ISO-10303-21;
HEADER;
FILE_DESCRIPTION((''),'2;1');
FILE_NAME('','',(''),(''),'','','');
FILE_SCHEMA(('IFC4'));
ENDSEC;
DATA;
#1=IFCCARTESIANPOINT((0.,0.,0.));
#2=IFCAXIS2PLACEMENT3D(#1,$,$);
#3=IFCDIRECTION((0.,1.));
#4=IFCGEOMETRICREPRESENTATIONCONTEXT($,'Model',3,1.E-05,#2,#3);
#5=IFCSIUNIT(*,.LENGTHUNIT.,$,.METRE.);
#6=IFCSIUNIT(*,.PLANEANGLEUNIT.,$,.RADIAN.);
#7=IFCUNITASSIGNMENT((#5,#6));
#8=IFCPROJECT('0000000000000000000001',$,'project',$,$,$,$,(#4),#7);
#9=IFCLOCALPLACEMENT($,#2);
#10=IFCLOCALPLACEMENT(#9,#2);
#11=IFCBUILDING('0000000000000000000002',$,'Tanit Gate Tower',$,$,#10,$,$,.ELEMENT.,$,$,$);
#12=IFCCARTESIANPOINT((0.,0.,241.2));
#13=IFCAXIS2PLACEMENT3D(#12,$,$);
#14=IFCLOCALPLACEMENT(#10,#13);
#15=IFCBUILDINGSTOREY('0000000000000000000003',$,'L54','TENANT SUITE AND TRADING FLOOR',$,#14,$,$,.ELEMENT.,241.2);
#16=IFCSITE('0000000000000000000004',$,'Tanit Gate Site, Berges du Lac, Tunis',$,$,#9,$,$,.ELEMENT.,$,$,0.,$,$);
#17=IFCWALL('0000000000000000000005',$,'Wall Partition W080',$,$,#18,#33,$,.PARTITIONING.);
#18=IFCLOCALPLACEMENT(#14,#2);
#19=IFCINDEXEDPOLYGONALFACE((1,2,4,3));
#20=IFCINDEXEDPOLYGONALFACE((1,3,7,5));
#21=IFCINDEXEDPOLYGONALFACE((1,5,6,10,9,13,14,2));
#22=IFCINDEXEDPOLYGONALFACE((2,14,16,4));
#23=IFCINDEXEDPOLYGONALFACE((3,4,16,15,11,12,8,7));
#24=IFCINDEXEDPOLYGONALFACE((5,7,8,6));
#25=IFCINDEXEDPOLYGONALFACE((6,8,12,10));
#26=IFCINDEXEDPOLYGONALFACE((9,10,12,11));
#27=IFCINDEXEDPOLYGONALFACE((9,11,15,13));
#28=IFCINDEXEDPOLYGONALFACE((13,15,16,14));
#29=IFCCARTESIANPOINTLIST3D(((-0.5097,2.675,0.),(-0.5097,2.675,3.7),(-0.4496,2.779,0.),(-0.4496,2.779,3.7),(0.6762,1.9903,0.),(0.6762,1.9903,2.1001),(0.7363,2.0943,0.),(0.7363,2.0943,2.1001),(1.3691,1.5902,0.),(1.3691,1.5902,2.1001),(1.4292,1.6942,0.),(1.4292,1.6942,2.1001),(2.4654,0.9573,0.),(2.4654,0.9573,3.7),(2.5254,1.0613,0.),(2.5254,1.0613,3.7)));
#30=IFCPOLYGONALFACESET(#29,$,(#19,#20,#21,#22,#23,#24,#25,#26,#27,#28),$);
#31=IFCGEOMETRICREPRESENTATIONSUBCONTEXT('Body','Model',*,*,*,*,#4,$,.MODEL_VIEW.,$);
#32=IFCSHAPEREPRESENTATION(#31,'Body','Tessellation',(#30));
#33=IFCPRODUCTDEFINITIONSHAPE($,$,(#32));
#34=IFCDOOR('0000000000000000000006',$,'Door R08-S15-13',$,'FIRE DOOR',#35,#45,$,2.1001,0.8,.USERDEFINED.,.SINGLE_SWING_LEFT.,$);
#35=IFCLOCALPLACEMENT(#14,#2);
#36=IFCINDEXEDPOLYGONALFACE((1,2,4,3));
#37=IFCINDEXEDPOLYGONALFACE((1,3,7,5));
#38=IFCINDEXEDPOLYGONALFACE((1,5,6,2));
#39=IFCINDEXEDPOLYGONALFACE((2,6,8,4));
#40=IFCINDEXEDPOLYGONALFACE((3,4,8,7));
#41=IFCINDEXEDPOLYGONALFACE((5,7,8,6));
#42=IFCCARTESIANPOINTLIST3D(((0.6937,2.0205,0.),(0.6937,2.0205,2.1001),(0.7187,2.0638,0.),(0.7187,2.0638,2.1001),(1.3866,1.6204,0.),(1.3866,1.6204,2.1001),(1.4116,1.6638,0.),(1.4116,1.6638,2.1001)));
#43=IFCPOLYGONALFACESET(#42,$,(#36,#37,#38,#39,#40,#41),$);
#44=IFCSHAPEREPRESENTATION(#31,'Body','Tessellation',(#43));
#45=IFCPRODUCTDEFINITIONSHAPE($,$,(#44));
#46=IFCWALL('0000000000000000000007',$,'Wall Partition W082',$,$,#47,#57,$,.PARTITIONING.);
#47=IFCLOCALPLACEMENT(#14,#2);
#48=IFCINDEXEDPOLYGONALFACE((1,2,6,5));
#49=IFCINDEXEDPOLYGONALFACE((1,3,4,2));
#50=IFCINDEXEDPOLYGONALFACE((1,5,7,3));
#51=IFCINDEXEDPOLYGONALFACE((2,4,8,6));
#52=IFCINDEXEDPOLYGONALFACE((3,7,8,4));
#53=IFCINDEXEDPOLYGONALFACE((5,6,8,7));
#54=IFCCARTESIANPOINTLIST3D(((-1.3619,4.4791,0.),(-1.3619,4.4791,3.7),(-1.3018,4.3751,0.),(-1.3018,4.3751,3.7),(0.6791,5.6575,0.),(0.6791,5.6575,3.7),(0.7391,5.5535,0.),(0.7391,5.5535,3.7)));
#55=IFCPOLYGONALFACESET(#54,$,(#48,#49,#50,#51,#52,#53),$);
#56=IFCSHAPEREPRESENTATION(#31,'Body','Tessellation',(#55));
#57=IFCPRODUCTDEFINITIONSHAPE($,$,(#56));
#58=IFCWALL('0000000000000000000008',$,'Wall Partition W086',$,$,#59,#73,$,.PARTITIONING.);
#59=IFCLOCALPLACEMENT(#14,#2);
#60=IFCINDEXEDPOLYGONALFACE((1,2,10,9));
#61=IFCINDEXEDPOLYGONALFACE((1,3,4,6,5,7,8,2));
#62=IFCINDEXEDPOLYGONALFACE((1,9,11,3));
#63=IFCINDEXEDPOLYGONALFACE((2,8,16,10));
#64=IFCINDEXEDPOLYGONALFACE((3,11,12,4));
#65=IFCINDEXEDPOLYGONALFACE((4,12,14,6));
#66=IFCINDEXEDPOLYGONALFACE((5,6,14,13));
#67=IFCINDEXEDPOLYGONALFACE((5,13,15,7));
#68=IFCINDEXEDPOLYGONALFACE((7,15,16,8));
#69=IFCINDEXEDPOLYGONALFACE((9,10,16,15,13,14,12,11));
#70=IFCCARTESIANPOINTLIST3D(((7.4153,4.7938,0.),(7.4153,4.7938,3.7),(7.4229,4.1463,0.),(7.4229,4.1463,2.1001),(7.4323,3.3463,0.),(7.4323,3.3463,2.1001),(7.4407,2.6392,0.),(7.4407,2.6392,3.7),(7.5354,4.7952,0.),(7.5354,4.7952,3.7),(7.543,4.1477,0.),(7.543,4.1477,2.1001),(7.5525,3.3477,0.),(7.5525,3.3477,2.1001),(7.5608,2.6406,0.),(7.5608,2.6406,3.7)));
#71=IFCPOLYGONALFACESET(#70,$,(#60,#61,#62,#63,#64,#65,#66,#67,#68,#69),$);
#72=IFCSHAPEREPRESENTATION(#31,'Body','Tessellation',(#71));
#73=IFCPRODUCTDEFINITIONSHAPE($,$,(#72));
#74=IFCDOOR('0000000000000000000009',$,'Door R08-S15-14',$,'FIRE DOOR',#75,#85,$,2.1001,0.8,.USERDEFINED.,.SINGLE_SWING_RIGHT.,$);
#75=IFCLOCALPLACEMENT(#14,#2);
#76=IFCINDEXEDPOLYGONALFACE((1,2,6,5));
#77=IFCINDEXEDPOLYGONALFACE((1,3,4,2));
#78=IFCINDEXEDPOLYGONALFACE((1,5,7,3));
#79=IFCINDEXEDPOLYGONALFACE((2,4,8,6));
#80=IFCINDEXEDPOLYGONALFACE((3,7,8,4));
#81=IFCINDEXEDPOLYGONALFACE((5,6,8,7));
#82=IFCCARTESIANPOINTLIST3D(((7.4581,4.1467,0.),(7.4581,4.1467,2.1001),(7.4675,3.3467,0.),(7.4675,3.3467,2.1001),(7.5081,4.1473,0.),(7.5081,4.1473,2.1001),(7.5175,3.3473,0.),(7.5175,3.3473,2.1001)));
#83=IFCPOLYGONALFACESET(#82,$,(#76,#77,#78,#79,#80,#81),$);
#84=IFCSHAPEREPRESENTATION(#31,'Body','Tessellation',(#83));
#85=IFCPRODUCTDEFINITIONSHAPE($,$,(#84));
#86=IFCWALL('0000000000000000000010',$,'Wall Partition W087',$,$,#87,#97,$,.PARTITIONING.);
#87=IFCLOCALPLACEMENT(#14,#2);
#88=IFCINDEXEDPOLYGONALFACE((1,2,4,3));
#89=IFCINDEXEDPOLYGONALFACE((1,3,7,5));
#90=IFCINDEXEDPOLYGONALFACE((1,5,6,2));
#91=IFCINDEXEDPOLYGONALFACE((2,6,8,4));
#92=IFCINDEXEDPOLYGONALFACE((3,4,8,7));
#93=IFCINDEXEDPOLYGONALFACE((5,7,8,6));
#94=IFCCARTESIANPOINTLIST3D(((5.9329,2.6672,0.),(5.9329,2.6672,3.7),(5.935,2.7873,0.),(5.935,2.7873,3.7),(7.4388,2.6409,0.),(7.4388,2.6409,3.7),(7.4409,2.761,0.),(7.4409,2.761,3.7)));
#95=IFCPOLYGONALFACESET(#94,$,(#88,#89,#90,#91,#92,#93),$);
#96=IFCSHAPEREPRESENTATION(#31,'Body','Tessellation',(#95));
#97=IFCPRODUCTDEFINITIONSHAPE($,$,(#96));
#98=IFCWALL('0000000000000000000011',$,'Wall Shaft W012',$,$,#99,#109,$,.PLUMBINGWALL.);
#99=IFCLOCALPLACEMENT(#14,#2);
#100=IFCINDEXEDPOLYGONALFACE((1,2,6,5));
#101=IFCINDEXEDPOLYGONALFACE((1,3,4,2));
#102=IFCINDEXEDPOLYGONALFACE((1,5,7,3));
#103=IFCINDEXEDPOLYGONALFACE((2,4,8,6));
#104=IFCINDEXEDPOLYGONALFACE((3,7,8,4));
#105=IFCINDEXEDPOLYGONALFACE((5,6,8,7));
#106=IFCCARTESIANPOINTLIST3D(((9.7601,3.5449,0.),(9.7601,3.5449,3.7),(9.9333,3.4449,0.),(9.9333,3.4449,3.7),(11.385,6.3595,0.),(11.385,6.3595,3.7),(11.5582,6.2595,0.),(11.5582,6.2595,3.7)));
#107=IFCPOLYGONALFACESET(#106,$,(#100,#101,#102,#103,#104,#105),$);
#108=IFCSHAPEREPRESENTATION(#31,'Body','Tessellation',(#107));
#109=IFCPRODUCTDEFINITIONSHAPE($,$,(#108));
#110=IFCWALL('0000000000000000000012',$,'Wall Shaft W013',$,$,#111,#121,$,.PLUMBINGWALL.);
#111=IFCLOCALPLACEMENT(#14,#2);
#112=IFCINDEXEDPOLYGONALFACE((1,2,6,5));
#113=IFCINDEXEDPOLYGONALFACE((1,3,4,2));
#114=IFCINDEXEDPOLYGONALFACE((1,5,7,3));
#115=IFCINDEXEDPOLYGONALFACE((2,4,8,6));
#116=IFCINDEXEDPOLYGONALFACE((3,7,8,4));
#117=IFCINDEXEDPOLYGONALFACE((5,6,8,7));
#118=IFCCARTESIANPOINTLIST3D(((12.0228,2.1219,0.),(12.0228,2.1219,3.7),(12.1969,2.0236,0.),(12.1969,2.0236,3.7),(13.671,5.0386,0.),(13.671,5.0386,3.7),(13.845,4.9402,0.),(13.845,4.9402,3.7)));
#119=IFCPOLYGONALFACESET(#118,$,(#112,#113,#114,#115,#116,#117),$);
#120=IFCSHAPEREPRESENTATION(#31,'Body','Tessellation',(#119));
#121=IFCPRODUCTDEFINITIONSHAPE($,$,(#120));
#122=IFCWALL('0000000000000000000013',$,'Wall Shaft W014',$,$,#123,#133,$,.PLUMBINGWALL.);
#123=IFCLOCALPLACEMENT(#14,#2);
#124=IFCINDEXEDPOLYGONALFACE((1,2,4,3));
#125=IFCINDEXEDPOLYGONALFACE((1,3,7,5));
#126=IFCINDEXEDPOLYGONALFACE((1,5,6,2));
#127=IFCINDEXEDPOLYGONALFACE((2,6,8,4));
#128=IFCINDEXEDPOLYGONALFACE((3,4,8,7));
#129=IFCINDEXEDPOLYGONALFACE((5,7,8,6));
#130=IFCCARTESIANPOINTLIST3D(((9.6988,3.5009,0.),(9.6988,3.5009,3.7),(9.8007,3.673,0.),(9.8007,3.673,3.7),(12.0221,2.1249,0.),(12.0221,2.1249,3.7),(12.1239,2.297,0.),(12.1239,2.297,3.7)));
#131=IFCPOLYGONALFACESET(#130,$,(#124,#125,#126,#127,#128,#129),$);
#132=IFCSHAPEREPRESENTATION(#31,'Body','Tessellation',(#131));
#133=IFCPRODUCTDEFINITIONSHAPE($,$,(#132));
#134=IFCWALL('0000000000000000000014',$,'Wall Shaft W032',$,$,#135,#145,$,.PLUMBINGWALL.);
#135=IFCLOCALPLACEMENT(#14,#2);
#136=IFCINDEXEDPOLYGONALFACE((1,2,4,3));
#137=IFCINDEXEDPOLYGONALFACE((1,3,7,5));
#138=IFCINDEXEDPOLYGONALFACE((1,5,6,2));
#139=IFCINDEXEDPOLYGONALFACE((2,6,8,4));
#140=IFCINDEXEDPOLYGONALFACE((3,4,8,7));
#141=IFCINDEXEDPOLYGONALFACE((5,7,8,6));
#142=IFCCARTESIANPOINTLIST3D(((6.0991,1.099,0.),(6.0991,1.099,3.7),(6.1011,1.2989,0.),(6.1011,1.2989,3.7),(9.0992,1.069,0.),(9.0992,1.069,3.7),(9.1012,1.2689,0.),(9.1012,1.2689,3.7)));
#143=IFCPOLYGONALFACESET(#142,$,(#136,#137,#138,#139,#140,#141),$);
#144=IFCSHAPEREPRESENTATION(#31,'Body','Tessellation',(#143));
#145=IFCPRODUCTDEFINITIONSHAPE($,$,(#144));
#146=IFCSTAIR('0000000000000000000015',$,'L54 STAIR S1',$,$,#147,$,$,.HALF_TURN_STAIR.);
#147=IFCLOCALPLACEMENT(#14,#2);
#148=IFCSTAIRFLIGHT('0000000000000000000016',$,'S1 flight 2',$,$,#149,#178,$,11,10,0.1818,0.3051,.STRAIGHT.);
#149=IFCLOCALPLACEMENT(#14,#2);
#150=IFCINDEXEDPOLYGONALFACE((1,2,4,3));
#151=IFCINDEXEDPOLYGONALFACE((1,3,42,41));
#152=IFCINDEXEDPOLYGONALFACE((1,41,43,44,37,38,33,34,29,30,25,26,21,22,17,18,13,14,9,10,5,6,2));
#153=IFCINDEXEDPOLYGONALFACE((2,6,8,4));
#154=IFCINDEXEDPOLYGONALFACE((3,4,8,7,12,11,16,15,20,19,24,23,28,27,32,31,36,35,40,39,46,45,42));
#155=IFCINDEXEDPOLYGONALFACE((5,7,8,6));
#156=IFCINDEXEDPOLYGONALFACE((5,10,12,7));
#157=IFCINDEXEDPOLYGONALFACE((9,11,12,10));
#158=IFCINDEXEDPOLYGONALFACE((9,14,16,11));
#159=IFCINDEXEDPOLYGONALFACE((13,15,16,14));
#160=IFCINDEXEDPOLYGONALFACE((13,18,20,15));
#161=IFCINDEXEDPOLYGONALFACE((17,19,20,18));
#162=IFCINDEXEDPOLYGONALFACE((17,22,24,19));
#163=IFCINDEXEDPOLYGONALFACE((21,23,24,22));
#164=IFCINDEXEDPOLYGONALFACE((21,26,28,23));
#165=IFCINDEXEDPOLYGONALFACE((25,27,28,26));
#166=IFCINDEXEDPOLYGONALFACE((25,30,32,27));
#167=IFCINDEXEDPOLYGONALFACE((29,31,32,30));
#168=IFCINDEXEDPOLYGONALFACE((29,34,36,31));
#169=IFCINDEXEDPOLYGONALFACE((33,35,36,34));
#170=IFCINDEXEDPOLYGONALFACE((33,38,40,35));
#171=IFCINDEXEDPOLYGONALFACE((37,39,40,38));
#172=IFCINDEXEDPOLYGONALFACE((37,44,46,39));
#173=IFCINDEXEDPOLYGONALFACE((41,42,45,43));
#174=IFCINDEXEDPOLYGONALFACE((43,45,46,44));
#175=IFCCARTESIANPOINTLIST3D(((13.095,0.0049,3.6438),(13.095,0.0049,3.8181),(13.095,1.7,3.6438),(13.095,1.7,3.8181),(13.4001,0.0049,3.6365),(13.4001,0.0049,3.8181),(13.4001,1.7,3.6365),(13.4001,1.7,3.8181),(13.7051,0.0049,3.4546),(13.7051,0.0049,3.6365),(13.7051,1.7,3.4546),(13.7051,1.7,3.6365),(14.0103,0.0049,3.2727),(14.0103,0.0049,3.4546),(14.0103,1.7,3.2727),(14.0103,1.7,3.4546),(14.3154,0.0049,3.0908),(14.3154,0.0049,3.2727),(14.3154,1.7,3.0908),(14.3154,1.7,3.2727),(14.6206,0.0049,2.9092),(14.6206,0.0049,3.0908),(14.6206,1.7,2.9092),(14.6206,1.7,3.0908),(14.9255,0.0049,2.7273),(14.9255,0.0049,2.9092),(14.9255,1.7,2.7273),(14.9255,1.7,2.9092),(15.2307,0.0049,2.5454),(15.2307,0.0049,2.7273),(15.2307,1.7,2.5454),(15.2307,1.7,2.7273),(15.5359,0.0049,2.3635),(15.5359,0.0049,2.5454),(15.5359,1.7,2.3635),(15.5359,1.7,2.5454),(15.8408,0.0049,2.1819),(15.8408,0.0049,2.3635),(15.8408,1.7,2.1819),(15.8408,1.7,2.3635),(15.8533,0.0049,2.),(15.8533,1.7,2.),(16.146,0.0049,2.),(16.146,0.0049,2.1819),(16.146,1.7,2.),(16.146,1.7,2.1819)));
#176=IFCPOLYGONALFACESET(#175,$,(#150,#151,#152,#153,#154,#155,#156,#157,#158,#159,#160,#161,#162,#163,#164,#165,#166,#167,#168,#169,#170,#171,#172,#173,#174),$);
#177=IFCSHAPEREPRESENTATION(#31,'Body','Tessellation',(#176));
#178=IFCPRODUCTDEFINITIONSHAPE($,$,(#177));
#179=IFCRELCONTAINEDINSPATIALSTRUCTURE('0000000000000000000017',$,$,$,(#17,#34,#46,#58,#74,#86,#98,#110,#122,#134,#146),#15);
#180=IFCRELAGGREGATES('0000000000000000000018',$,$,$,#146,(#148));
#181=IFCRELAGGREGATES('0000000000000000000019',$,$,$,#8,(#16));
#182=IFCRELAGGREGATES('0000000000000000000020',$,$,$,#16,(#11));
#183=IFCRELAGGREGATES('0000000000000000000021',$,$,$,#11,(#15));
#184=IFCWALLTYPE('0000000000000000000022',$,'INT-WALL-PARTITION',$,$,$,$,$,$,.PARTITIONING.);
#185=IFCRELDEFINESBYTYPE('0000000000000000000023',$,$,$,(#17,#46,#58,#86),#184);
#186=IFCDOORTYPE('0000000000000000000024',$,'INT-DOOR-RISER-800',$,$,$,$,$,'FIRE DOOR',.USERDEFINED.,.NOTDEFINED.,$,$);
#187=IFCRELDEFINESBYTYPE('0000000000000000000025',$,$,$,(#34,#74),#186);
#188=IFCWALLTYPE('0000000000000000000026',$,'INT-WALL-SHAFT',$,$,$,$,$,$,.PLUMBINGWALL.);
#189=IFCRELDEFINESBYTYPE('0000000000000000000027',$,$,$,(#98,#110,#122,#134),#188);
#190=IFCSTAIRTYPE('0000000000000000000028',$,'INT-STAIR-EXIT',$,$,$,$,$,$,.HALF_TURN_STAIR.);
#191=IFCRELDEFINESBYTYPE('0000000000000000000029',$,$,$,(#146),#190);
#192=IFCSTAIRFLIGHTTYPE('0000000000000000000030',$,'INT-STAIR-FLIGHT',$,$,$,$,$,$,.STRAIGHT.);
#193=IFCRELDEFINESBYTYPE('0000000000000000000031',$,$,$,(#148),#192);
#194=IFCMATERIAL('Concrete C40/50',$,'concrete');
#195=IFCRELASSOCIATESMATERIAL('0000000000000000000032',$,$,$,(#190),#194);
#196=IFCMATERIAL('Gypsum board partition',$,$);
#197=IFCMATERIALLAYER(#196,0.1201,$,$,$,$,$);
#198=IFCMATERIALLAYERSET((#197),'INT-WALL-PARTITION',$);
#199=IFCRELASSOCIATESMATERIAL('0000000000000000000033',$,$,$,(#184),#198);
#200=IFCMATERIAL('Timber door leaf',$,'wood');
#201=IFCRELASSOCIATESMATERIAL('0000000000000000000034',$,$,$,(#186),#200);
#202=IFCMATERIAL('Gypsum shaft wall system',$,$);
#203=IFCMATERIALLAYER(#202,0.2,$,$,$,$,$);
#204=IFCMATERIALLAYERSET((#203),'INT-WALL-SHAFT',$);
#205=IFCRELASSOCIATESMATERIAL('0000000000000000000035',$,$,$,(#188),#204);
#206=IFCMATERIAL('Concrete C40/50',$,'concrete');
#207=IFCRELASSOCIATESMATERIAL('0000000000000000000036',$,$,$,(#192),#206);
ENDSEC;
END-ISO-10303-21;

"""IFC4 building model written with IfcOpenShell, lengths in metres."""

from ifc_helpers import new_model, si_unit, direction, frame, frame_2d, origin, place, context, subcontext, project, spatial, polyline, rectangle, outline, extrude, material, layer, layer_set, type_object, element, fill, aggregate, save


model = new_model("IFC4")

# Units and contexts
model_context = context("Model", 3, precision=1e-05, world=origin(), true_north=direction((0.0, 1.0)))
body_context = subcontext(model_context, "Body", "Model", "MODEL_VIEW")
ifc_project = project(units=[si_unit("LENGTHUNIT", "METRE"), si_unit("PLANEANGLEUNIT", "RADIAN")], contexts=[model_context])

# Site, building, storey
site_placement = place(None, origin())
site = spatial("IfcSite", under=ifc_project, at=site_placement, Name="Tanit Gate Site, Berges du Lac, Tunis", CompositionType="ELEMENT", RefElevation=0.0)
building_placement = place(site_placement, origin())
building = spatial("IfcBuilding", under=site, at=building_placement, Name="Tanit Gate Tower", CompositionType="ELEMENT")
storey_placement = place(building_placement, frame((0.0, 0.0, 241.2)))
storey = spatial("IfcBuildingStorey", under=building, at=storey_placement, Name="L54", Description="TENANT SUITE AND TRADING FLOOR", CompositionType="ELEMENT", Elevation=241.2)

# Shared definitions
ifc_material_1 = material(Name="Concrete C40/50", Category="concrete")
stair_type = type_object("IfcStairType", Name="INT-STAIR-EXIT", PredefinedType="HALF_TURN_STAIR", material=ifc_material_1)

# Shared definitions
ifc_material_2 = material(Name="Gypsum board partition")
ifc_layer_1 = layer(ifc_material_2, 0.1201)
ifc_layer_set_1 = layer_set([ifc_layer_1], Name="INT-WALL-PARTITION")
wall_type_1 = type_object("IfcWallType", Name="INT-WALL-PARTITION", PredefinedType="PARTITIONING", material=ifc_layer_set_1)
ifc_material_3 = material(Name="Timber door leaf", Category="wood")
door_type_1 = type_object("IfcDoorType", Name="INT-DOOR-RISER-800", ElementType="FIRE DOOR", OperationType="NOTDEFINED", PredefinedType="USERDEFINED", material=ifc_material_3)

# Wall, opening, door
wall_1_placement = place(storey_placement, frame((-0.4797, 2.7271, 0.0), z_axis=(0.0, 0.0, 1.0), x_axis=(0.866013, -0.500022, 0.0)))
wall_1 = element("IfcWall", 1, at=wall_1_placement, inside=storey, type_object=wall_type_1, Name="Wall Partition W080", PredefinedType="PARTITIONING", context=body_context, shape_type="SweptSolid", body=[
    extrude(rectangle(XDim=3.4353, YDim=0.1201, at=frame_2d((1.7178, 0.0))), origin(), (0.0, 0.0, 1.0), 3.7),
])
opening_1_placement = place(wall_1_placement, frame((1.3696, 0.0, 0.0)))
opening_1 = element("IfcOpeningElement", 2, at=opening_1_placement, cuts=wall_1, PredefinedType="OPENING", context=body_context, shape_type="SweptSolid", body=[
    extrude(rectangle(XDim=0.8, YDim=2.1001, at=frame_2d((0.3999, 1.05))), frame((0.0, 0.0701, 0.0), z_axis=(0.0, -1.0, 0.0), x_axis=(1.0, 0.0, 0.0)), (0.0, 0.0, 1.0), 0.1401),
])
door_1_placement = place(opening_1_placement, origin())
door_1 = element("IfcDoor", 3, at=door_1_placement, inside=storey, type_object=door_type_1, Name="Door R08-S15-13", ObjectType="FIRE DOOR", OperationType="SINGLE_SWING_LEFT", OverallHeight=2.1001, OverallWidth=0.8, PredefinedType="USERDEFINED", context=body_context, shape_type="SweptSolid", body=[
    extrude(rectangle(XDim=0.8, YDim=2.1001, at=frame_2d((0.3999, 1.05))), frame((0.0, 0.0249, 0.0), z_axis=(0.0, -1.0, 0.0), x_axis=(1.0, 0.0, 0.0)), (0.0, 0.0, 1.0), 0.05),
])
fill(opening_1, door_1)

# Wall
wall_2_placement = place(storey_placement, frame((0.709, 5.6055, 0.0), z_axis=(0.0, 0.0, 1.0), x_axis=(-0.86601, -0.500027, 0.0)))
element("IfcWall", 4, at=wall_2_placement, inside=storey, type_object=wall_type_1, Name="Wall Partition W082", PredefinedType="PARTITIONING", context=body_context, shape_type="SweptSolid", body=[
    extrude(rectangle(XDim=2.3567, YDim=0.1201, at=frame_2d((1.1782, 0.0))), origin(), (0.0, 0.0, 1.0), 3.7),
])

# Wall, opening, door
wall_3_placement = place(storey_placement, frame((7.5007, 2.6399, 0.0), z_axis=(0.0, 0.0, 1.0), x_axis=(-0.011784, 0.999931, 0.0)))
wall_3 = element("IfcWall", 5, at=wall_3_placement, inside=storey, type_object=wall_type_1, Name="Wall Partition W086", PredefinedType="PARTITIONING", context=body_context, shape_type="SweptSolid", body=[
    extrude(rectangle(XDim=2.1548, YDim=0.1201, at=frame_2d((1.0774, 0.0))), origin(), (0.0, 0.0, 1.0), 3.7),
])
opening_2_placement = place(wall_3_placement, frame((0.7073, 0.0, 0.0)))
opening_2 = element("IfcOpeningElement", 6, at=opening_2_placement, cuts=wall_3, PredefinedType="OPENING", context=body_context, shape_type="SweptSolid", body=[
    extrude(rectangle(XDim=0.8, YDim=2.1001, at=frame_2d((0.3999, 1.05))), frame((0.0, 0.0701, 0.0), z_axis=(0.0, -1.0, 0.0), x_axis=(1.0, 0.0, 0.0)), (0.0, 0.0, 1.0), 0.1401),
])
door_2_placement = place(opening_2_placement, origin())
door_2 = element("IfcDoor", 7, at=door_2_placement, inside=storey, type_object=door_type_1, Name="Door R08-S15-14", ObjectType="FIRE DOOR", OperationType="SINGLE_SWING_RIGHT", OverallHeight=2.1001, OverallWidth=0.8, PredefinedType="USERDEFINED", context=body_context, shape_type="SweptSolid", body=[
    extrude(rectangle(XDim=0.8, YDim=2.1001, at=frame_2d((0.3999, 1.05))), frame((0.0, 0.0249, 0.0), z_axis=(0.0, -1.0, 0.0), x_axis=(1.0, 0.0, 0.0)), (0.0, 0.0, 1.0), 0.05),
])
fill(opening_2, door_2)

# Walls
wall_4_placement = place(storey_placement, frame((5.9341, 2.7273, 0.0), z_axis=(0.0, 0.0, 1.0), x_axis=(0.999847, -0.017507, 0.0)))
element("IfcWall", 8, at=wall_4_placement, inside=storey, type_object=wall_type_1, Name="Wall Partition W087", PredefinedType="PARTITIONING", context=body_context, shape_type="SweptSolid", body=[
    extrude(rectangle(XDim=1.5061, YDim=0.1201, at=frame_2d((0.7529, 0.0))), origin(), (0.0, 0.0, 1.0), 3.7),
])
ifc_material_4 = material(Name="Gypsum shaft wall system")
ifc_layer_2 = layer(ifc_material_4, 0.2)
ifc_layer_set_2 = layer_set([ifc_layer_2], Name="INT-WALL-SHAFT")
wall_type_2 = type_object("IfcWallType", Name="INT-WALL-SHAFT", PredefinedType="PLUMBINGWALL", material=ifc_layer_set_2)
wall_5_placement = place(storey_placement, frame((9.8467, 3.4949, 0.0), z_axis=(0.0, 0.0, 1.0), x_axis=(0.499985, 0.866034, 0.0)))
element("IfcWall", 9, at=wall_5_placement, inside=storey, type_object=wall_type_2, Name="Wall Shaft W012", PredefinedType="PLUMBINGWALL", context=body_context, shape_type="SweptSolid", body=[
    extrude(rectangle(XDim=3.25, YDim=0.2, at=frame_2d((1.625, 0.0))), origin(), (0.0, 0.0, 1.0), 3.7),
])
wall_6_placement = place(storey_placement, frame((12.1099, 2.0728, 0.0), z_axis=(0.0, 0.0, 1.0), x_axis=(0.491966, 0.870614, 0.0)))
element("IfcWall", 10, at=wall_6_placement, inside=storey, type_object=wall_type_2, Name="Wall Shaft W013", PredefinedType="PLUMBINGWALL", context=body_context, shape_type="SweptSolid", body=[
    extrude(rectangle(XDim=3.3501, YDim=0.2, at=frame_2d((1.675, 0.0))), origin(), (0.0, 0.0, 1.0), 3.7),
])
wall_7_placement = place(storey_placement, frame((12.073, 2.2109, 0.0), z_axis=(0.0, 0.0, 1.0), x_axis=(-0.860415, 0.509594, 0.0)))
element("IfcWall", 11, at=wall_7_placement, inside=storey, type_object=wall_type_2, Name="Wall Shaft W014", PredefinedType="PLUMBINGWALL", context=body_context, shape_type="SweptSolid", body=[
    extrude(rectangle(XDim=2.7002, YDim=0.2, at=frame_2d((1.3501, 0.0))), origin(), (0.0, 0.0, 1.0), 3.7),
])

# Wall
wall_8_placement = place(storey_placement, frame((9.1001, 1.1689, 0.0), z_axis=(0.0, 0.0, 1.0), x_axis=(-0.99995, 0.010009, 0.0)))
element("IfcWall", 12, at=wall_8_placement, inside=storey, type_object=wall_type_2, Name="Wall Shaft W032", PredefinedType="PLUMBINGWALL", context=body_context, shape_type="SweptSolid", body=[
    extrude(rectangle(XDim=3.0002, YDim=0.2, at=frame_2d((1.5, 0.0))), origin(), (0.0, 0.0, 1.0), 3.7),
])

# Stair, stair flight
stair_1_placement = place(storey_placement, origin())
stair_1 = element("IfcStair", 13, at=stair_1_placement, inside=storey, type_object=stair_type, Name="L54 STAIR S1", PredefinedType="HALF_TURN_STAIR")
ifc_material_5 = material(Name="Concrete C40/50", Category="concrete")
stair_flight_type = type_object("IfcStairFlightType", Name="INT-STAIR-FLIGHT", PredefinedType="STRAIGHT", material=ifc_material_5)
stair_flight_placement = place(storey_placement, frame((16.146, 0.8525, 2.0), z_axis=(0.0, 0.0, 1.0), x_axis=(-1.0, 0.0, 0.0)))
stair_flight = element("IfcStairFlight", 14, at=stair_flight_placement, type_object=stair_flight_type, Name="S1 flight 2", NumberOfRisers=11, NumberOfTreads=10, PredefinedType="STRAIGHT", RiserHeight=0.1818, TreadLength=0.3051, context=body_context, shape_type="SweptSolid", body=[
    extrude(outline(polyline([(0.0, 0.0), (0.0, 0.1819), (0.3052, 0.1819), (0.3052, 0.3635), (0.6101, 0.3635), (0.6101, 0.5454), (0.9153, 0.5454), (0.9153, 0.7273), (1.2205, 0.7273), (1.2205, 0.9092), (1.5254, 0.9092), (1.5254, 1.0908), (1.8306, 1.0908), (1.8306, 1.2727), (2.1357, 1.2727), (2.1357, 1.4546), (2.4409, 1.4546), (2.4409, 1.6365), (2.7458, 1.6365), (2.7458, 1.8181), (3.051, 1.8181), (3.051, 2.0), (3.051, 1.6438), (0.2927, 0.0), (0.0, 0.0)])), frame((0.0, 0.8477, 0.0), z_axis=(0.0, -1.0, 0.0), x_axis=(1.0, 0.0, 0.0)), (0.0, 0.0, 1.0), 1.6951),
])
aggregate(stair_1, [stair_flight])

save(model, "model.ifc")
